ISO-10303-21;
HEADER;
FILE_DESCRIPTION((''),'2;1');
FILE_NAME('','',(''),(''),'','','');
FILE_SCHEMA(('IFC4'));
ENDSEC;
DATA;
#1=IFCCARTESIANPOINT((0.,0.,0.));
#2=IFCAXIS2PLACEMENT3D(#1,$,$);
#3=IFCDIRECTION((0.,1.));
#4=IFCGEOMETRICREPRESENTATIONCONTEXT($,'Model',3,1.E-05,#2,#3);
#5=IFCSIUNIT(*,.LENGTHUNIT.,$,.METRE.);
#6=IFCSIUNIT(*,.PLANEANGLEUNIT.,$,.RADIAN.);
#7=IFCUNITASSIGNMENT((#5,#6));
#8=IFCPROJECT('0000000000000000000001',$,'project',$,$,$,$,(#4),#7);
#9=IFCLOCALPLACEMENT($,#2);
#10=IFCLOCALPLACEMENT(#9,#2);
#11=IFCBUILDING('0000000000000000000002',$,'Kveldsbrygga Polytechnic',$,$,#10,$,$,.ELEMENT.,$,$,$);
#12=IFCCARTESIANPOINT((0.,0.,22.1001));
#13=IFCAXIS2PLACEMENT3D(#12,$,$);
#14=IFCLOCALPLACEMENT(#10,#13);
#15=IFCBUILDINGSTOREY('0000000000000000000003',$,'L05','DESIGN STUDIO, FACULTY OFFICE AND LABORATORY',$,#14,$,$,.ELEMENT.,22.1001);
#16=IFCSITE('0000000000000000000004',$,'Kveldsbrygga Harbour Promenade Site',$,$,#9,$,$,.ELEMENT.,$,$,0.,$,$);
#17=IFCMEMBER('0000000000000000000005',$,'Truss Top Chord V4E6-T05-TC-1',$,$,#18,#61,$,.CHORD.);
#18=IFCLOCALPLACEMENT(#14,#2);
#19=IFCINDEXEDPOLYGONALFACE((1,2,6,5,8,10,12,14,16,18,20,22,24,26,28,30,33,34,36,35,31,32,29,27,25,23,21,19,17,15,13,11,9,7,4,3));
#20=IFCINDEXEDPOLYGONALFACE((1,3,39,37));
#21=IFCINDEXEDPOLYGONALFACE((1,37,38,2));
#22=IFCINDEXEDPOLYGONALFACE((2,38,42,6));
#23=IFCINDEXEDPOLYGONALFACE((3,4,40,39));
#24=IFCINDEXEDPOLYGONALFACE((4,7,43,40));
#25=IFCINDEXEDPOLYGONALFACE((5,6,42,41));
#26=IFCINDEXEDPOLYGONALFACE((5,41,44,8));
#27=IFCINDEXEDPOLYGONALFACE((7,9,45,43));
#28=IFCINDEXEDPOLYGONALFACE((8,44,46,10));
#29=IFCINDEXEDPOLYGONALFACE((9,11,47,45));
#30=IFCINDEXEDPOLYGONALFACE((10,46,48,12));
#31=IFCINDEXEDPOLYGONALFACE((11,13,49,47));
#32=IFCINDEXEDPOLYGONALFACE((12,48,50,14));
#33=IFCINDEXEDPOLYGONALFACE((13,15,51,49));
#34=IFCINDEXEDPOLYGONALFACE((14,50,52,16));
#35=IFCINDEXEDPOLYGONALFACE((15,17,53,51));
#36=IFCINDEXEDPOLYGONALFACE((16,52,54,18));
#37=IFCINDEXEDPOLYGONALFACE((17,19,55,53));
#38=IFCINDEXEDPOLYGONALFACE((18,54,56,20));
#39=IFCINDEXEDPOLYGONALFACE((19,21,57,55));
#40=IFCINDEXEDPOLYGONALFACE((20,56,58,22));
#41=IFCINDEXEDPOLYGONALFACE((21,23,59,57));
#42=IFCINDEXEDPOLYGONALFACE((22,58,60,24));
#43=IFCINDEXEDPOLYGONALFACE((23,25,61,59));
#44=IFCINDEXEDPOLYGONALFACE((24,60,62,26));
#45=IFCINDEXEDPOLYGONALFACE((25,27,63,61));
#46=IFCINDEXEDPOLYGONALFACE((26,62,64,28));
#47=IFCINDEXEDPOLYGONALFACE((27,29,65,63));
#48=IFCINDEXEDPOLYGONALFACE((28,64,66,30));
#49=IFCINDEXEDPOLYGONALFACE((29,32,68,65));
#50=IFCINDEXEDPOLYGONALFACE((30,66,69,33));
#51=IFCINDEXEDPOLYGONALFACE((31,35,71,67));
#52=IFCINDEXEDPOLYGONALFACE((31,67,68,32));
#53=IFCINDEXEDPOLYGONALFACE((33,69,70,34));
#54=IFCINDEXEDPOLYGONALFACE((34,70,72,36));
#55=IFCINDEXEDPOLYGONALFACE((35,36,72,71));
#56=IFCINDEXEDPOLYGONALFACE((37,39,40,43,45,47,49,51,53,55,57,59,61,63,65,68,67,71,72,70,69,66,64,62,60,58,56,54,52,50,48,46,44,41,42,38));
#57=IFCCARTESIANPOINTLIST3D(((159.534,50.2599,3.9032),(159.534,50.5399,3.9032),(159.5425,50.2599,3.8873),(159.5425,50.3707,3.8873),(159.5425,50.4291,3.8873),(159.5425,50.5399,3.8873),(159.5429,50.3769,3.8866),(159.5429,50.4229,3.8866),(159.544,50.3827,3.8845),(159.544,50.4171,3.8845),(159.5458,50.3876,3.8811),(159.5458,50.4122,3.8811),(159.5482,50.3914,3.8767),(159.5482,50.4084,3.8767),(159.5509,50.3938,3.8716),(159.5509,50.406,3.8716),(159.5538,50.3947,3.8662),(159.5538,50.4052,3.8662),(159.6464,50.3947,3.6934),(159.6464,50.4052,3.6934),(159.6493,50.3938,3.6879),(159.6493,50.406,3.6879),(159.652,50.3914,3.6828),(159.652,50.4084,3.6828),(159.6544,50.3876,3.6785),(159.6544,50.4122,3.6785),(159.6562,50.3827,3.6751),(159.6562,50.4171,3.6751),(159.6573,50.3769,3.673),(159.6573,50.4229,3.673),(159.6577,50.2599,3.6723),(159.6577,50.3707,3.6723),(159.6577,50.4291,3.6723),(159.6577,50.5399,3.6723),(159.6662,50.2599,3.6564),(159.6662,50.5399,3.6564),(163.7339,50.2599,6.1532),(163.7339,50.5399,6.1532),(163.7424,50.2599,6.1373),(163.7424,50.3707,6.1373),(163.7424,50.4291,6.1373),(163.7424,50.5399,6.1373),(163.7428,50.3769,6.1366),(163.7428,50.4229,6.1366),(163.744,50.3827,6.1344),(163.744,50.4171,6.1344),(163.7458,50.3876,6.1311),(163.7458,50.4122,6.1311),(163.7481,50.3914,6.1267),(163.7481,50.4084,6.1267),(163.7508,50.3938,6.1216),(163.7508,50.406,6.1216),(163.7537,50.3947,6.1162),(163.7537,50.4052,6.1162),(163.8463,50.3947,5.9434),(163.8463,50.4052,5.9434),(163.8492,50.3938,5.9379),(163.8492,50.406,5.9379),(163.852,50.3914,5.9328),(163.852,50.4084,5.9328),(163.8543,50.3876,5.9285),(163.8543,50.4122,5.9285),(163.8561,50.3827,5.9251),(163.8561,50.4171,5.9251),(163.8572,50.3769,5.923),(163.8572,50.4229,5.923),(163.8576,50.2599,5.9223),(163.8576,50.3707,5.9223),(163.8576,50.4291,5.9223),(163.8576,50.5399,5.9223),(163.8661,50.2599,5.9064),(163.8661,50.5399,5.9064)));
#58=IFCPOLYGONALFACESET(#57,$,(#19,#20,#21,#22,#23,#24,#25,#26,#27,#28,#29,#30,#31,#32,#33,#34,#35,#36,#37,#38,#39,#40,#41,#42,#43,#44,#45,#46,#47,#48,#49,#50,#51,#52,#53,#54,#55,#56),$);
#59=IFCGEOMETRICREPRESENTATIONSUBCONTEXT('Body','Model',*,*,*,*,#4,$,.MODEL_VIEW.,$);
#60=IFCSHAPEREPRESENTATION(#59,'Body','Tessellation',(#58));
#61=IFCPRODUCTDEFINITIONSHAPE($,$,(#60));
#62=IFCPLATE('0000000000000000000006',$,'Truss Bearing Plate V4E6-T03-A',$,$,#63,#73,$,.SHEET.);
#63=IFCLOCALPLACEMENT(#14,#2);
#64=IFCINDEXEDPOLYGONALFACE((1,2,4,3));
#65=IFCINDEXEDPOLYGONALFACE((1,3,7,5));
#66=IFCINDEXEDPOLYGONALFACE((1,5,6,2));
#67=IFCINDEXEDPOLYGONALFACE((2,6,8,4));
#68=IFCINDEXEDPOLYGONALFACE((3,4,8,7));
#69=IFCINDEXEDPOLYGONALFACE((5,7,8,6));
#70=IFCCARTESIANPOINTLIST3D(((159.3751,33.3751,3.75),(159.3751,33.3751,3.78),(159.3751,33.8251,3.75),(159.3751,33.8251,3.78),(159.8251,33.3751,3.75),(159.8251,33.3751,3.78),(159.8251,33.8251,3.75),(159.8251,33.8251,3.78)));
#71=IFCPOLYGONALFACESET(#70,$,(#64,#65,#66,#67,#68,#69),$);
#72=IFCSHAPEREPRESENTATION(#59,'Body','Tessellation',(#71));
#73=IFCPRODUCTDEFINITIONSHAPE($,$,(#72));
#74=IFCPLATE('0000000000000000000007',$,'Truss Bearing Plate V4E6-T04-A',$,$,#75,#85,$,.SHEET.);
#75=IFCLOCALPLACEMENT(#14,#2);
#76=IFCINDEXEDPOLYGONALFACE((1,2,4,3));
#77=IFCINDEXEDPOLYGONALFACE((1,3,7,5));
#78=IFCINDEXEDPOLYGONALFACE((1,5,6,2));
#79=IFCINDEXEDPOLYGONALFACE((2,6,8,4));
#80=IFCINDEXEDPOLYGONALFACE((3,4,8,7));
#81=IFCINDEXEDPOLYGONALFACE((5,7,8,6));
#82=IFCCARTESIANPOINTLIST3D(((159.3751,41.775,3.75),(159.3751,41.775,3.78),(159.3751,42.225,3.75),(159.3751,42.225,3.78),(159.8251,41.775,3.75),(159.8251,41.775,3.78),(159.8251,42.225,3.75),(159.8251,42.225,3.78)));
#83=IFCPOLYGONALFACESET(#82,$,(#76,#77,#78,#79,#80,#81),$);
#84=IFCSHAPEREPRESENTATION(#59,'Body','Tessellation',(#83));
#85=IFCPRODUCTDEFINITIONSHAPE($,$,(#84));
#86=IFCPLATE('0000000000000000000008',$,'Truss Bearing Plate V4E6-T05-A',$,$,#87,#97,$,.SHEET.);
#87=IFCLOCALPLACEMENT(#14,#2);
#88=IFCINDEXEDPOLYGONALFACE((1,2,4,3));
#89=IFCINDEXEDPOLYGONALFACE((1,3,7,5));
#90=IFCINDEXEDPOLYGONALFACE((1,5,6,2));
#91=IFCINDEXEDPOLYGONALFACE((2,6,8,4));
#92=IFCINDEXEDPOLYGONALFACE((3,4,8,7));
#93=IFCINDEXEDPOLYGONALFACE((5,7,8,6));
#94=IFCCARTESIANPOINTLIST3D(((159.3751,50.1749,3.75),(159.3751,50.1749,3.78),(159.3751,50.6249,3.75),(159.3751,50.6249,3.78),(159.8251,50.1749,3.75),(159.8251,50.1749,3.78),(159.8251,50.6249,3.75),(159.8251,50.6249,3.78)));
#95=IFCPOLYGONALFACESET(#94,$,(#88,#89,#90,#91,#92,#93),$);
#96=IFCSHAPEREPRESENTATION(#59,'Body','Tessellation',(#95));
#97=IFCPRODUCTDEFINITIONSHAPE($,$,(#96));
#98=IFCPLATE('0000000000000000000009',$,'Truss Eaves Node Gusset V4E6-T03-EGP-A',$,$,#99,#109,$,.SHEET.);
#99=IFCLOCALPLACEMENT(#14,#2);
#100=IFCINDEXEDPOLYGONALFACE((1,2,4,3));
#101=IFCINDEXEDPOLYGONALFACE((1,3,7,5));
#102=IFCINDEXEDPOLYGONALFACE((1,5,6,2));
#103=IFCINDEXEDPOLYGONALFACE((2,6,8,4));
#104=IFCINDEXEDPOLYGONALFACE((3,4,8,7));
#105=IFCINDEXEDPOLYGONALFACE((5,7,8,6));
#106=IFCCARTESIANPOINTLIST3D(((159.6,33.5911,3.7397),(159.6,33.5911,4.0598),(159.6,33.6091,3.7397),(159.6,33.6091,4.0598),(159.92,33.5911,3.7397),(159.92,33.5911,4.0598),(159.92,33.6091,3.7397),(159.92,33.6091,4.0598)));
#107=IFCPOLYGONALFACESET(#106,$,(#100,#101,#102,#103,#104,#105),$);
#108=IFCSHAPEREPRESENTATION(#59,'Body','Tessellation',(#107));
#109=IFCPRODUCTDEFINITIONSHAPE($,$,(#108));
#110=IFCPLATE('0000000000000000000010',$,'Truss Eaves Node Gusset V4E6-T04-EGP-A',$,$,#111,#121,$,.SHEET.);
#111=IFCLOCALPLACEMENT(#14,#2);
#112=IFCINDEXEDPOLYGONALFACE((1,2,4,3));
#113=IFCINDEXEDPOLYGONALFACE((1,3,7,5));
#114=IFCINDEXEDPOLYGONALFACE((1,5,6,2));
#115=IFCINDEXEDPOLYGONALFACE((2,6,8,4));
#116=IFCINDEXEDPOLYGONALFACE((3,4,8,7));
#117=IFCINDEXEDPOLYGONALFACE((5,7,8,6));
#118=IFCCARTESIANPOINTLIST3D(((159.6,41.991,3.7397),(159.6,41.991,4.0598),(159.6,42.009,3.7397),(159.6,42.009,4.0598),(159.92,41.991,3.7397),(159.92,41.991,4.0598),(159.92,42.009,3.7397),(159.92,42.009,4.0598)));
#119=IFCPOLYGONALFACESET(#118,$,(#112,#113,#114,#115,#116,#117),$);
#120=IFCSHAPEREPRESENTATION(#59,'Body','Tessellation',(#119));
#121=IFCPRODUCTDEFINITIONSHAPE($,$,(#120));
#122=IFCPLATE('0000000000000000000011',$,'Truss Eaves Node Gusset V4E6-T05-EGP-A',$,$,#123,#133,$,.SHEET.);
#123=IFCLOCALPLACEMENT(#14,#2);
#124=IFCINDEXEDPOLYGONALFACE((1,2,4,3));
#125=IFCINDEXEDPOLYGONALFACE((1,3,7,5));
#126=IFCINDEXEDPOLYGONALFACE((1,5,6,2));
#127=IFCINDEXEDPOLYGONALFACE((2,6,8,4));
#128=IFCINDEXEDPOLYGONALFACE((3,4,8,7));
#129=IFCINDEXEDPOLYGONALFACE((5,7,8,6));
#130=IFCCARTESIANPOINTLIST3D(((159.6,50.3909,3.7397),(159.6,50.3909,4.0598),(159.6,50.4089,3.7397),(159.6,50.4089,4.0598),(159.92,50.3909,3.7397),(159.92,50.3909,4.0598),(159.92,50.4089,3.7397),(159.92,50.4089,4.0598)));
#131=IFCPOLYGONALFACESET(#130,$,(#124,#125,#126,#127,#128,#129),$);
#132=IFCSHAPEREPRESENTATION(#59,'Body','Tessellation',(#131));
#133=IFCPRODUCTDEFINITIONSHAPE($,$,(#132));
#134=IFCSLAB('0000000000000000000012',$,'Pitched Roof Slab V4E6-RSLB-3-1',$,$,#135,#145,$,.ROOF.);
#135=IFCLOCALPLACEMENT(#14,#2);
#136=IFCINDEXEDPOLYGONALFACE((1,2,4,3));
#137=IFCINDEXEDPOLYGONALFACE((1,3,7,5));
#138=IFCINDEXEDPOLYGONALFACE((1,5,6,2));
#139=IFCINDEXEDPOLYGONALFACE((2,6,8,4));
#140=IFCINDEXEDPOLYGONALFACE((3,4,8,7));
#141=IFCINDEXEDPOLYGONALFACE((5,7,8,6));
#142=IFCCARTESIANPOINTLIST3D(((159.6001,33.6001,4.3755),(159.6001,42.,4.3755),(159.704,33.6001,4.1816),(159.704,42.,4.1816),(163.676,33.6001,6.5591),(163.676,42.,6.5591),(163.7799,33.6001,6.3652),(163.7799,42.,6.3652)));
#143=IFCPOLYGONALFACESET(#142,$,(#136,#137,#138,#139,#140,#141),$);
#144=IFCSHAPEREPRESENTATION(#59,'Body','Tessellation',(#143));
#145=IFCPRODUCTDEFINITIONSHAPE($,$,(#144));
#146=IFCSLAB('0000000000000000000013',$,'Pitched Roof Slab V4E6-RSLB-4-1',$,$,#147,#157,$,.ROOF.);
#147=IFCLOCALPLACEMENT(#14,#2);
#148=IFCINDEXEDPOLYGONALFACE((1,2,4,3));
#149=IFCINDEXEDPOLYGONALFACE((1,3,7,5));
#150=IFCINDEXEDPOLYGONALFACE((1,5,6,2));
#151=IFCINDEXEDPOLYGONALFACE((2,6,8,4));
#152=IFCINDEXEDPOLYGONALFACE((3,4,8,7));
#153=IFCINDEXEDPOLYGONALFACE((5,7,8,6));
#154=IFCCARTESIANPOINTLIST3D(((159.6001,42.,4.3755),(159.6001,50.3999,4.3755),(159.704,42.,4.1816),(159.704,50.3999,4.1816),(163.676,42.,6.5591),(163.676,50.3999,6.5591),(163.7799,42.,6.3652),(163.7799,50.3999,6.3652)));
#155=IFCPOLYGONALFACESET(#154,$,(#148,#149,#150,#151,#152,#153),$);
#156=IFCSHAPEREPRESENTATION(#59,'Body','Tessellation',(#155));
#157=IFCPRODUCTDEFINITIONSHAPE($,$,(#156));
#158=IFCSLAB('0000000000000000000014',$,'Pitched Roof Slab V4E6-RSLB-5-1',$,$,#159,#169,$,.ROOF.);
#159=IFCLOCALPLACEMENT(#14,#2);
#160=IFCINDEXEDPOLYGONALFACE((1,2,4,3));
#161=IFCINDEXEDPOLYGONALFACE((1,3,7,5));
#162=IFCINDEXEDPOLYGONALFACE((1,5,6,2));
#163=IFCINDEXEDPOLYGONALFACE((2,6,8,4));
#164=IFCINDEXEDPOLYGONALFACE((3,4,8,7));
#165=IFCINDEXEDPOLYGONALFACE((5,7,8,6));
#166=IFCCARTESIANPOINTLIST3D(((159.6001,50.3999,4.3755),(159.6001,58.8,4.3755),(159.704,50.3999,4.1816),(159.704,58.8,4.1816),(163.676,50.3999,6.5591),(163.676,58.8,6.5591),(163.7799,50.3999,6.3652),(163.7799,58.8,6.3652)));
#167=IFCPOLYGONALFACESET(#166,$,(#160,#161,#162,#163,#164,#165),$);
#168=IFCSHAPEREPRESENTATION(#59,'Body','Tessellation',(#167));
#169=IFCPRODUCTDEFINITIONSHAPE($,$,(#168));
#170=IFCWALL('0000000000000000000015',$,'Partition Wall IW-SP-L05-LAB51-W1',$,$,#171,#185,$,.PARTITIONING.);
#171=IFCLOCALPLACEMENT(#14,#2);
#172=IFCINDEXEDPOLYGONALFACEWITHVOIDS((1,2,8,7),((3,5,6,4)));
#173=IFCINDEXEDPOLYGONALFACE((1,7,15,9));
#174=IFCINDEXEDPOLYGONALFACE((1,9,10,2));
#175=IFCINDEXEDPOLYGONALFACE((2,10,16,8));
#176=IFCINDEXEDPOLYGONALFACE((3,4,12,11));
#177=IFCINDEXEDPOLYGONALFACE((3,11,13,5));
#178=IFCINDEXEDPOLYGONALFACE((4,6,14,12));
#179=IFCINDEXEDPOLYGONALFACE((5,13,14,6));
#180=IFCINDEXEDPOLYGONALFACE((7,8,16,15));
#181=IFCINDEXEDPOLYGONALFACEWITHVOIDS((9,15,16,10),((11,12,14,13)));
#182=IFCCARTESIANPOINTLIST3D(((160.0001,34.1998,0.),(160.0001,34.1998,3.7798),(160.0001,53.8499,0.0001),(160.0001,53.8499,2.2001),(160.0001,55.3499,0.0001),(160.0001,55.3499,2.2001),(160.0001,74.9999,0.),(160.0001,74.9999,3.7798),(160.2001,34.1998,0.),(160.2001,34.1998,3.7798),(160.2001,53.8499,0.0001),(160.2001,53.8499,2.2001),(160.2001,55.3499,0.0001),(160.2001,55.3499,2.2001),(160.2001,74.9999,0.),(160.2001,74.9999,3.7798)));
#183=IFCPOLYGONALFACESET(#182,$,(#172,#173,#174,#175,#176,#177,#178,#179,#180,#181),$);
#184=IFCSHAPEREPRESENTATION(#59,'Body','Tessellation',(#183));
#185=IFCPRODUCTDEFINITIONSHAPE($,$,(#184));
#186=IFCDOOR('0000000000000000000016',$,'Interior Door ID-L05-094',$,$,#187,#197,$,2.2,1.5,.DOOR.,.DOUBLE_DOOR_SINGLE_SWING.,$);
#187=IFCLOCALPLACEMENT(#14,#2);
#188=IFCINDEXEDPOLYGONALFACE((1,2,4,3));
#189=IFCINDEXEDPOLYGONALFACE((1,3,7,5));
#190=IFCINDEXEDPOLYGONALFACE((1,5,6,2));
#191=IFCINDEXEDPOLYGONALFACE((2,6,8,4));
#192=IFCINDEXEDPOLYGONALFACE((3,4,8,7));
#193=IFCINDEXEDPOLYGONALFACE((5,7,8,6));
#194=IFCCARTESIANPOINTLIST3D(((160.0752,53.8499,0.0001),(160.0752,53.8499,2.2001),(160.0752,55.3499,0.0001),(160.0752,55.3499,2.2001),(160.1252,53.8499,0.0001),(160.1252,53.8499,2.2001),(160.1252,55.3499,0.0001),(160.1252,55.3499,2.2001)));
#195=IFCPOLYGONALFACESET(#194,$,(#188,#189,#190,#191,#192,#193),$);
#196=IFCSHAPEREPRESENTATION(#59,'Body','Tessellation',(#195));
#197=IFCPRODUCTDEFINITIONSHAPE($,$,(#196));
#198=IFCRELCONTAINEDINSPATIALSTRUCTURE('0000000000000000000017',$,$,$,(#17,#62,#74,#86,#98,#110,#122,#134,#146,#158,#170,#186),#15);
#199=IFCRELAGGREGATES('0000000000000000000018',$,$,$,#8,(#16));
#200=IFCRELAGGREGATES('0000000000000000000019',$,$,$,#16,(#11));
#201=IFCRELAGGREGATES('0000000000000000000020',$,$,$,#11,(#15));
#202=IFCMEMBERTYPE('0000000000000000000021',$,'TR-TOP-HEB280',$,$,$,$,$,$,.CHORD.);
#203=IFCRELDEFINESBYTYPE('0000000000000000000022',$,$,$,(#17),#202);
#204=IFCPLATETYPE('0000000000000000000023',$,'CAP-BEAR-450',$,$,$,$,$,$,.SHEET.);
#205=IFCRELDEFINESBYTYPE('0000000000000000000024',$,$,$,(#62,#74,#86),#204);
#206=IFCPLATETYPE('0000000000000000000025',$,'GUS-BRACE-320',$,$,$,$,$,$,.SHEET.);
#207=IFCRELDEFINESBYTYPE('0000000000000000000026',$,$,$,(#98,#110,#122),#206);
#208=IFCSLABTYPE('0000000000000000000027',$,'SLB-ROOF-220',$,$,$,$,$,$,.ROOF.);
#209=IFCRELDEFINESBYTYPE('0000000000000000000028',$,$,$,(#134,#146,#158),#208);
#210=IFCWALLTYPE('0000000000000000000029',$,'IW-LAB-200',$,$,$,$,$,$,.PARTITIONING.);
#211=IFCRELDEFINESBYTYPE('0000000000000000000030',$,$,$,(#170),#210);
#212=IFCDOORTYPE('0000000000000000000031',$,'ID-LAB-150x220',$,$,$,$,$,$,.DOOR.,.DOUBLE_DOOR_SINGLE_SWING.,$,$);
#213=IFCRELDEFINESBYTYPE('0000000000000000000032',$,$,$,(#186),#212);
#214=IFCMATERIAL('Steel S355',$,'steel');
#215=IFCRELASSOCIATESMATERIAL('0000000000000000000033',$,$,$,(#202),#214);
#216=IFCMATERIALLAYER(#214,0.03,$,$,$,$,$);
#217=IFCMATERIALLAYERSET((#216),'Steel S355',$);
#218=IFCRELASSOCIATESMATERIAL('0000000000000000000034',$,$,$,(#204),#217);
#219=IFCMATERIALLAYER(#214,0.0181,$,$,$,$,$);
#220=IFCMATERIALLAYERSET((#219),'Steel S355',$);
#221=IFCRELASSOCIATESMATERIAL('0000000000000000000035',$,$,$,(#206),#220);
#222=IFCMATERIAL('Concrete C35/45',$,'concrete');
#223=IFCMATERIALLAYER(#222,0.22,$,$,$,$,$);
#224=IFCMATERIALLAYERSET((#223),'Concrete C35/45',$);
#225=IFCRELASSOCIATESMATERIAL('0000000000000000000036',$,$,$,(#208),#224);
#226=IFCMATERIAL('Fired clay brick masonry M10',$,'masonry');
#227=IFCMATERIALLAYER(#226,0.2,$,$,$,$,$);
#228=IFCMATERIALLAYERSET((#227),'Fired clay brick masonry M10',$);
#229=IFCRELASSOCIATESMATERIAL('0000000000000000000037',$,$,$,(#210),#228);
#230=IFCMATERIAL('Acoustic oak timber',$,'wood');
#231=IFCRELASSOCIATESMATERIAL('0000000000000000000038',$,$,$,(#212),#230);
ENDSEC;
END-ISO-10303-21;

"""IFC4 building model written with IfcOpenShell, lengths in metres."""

from ifc_helpers import new_model, si_unit, direction, frame, frame_2d, origin, origin_2d, place, context, subcontext, project, spatial, polyline, rectangle, i_section, outline, extrude, material, layer, layer_set, material_profile, profile_set, type_object, element, fill, save


model = new_model("IFC4")

# Units and contexts
model_context = context("Model", 3, precision=1e-05, world=origin(), true_north=direction((0.0, 1.0)))
body_context = subcontext(model_context, "Body", "Model", "MODEL_VIEW")
ifc_project = project(units=[si_unit("LENGTHUNIT", "METRE"), si_unit("PLANEANGLEUNIT", "RADIAN")], contexts=[model_context])

# Site, building, storey
site_placement = place(None, origin())
site = spatial("IfcSite", under=ifc_project, at=site_placement, Name="Kveldsbrygga Harbour Promenade Site", CompositionType="ELEMENT", RefElevation=0.0)
building_placement = place(site_placement, origin())
building = spatial("IfcBuilding", under=site, at=building_placement, Name="Kveldsbrygga Polytechnic", CompositionType="ELEMENT")
storey_placement = place(building_placement, frame((0.0, 0.0, 22.1001)))
storey = spatial("IfcBuildingStorey", under=building, at=storey_placement, Name="L05", Description="DESIGN STUDIO, FACULTY OFFICE AND LABORATORY", CompositionType="ELEMENT", Elevation=22.1001)

# Shared definitions
ifc_material_1 = material(Name="Concrete C35/45", Category="concrete")

# Member
ifc_material_2 = material(Name="Steel S355", Category="steel")
ifc_material_profile_1 = material_profile(ifc_material_2, i_section(OverallWidth=0.28, OverallDepth=0.28, WebThickness=0.0105, FlangeThickness=0.0181, FilletRadius=0.0239, at=origin_2d()), Name="HEB 280")
ifc_profile_set_1 = profile_set([ifc_material_profile_1], Name="Steel S355")
member_type_1 = type_object("IfcMemberType", Name="TR-TOP-HEB280", PredefinedType="CHORD", material=ifc_profile_set_1)
for number, where, z_axis, x_axis, name in (
    (1, (159.6001, 50.3999, 3.7798), (0.881478, 0.0, 0.472226), (0.0, 1.0, 0.0), "Truss Top Chord V4E6-T05-TC-1"),
):
    element("IfcMember", number, at=place(storey_placement, frame(where, z_axis=z_axis, x_axis=x_axis)), inside=storey, type_object=member_type_1, Name=name, PredefinedType="CHORD", context=body_context, shape_type="SweptSolid", body=[
        extrude(i_section(OverallWidth=0.28, OverallDepth=0.28, WebThickness=0.0105, FlangeThickness=0.0181, FilletRadius=0.0239, at=origin_2d()), origin(), (0.0, 0.0, 1.0), 4.7646),
    ])

# Plates
ifc_layer_1 = layer(ifc_material_2, 0.03)
ifc_layer_set_1 = layer_set([ifc_layer_1], Name="Steel S355")
plate_type_1 = type_object("IfcPlateType", Name="CAP-BEAR-450", PredefinedType="SHEET", material=ifc_layer_set_1)
for number, where, z_axis, x_axis, name in (
    (2, (159.6001, 33.6001, 3.75), (0.0, 0.0, 1.0), (1.0, 0.0, 0.0), "Truss Bearing Plate V4E6-T03-A"),
    (3, (159.6001, 42.0, 3.75), (0.0, 0.0, 1.0), (1.0, 0.0, 0.0), "Truss Bearing Plate V4E6-T04-A"),
    (4, (159.6001, 50.3999, 3.75), (0.0, 0.0, 1.0), (1.0, 0.0, 0.0), "Truss Bearing Plate V4E6-T05-A"),
):
    element("IfcPlate", number, at=place(storey_placement, frame(where, z_axis=z_axis, x_axis=x_axis)), inside=storey, type_object=plate_type_1, Name=name, PredefinedType="SHEET", context=body_context, shape_type="SweptSolid", body=[
        extrude(rectangle(XDim=0.45, YDim=0.45, at=origin_2d()), origin(), (0.0, 0.0, 1.0), 0.03),
    ])
ifc_layer_2 = layer(ifc_material_2, 0.0181)
ifc_layer_set_2 = layer_set([ifc_layer_2], Name="Steel S355")
plate_type_2 = type_object("IfcPlateType", Name="GUS-BRACE-320", PredefinedType="SHEET", material=ifc_layer_set_2)
for number, where, z_axis, x_axis, name in (
    (5, (159.76, 33.6001, 3.7397), (0.0, 0.0, 1.0), (1.0, 0.0, 0.0), "Truss Eaves Node Gusset V4E6-T03-EGP-A"),
    (6, (159.76, 42.0, 3.7397), (0.0, 0.0, 1.0), (1.0, 0.0, 0.0), "Truss Eaves Node Gusset V4E6-T04-EGP-A"),
    (7, (159.76, 50.3999, 3.7397), (0.0, 0.0, 1.0), (1.0, 0.0, 0.0), "Truss Eaves Node Gusset V4E6-T05-EGP-A"),
):
    element("IfcPlate", number, at=place(storey_placement, frame(where, z_axis=z_axis, x_axis=x_axis)), inside=storey, type_object=plate_type_2, Name=name, PredefinedType="SHEET", context=body_context, shape_type="SweptSolid", body=[
        extrude(rectangle(XDim=0.3201, YDim=0.0181, at=origin_2d()), origin(), (0.0, 0.0, 1.0), 0.3201),
    ])

# Slabs
ifc_layer_3 = layer(ifc_material_1, 0.22)
ifc_layer_set_3 = layer_set([ifc_layer_3], Name="Concrete C35/45")
slab_type = type_object("IfcSlabType", Name="SLB-ROOF-220", PredefinedType="ROOF", material=ifc_layer_set_3)
for number, where, z_axis, x_axis, name in (
    (8, (159.6001, 33.6001, 4.3755), (-0.472232, 0.0, 0.881474), (0.881474, 0.0, 0.472232), "Pitched Roof Slab V4E6-RSLB-3-1"),
    (9, (159.6001, 42.0, 4.3755), (-0.472232, 0.0, 0.881474), (0.881474, 0.0, 0.472232), "Pitched Roof Slab V4E6-RSLB-4-1"),
):
    element("IfcSlab", number, at=place(storey_placement, frame(where, z_axis=z_axis, x_axis=x_axis)), inside=storey, type_object=slab_type, Name=name, PredefinedType="ROOF", context=body_context, shape_type="SweptSolid", body=[
        extrude(outline(polyline([(0.0, 0.0), (4.624, 0.0), (4.624, 8.3999), (0.0, 8.3999), (0.0, 0.0)])), origin(), (0.0, 0.0, -1.0), 0.22),
    ])
slab_placement = place(storey_placement, frame((159.6001, 50.3999, 4.3755), z_axis=(-0.472232, 0.0, 0.881474), x_axis=(0.881474, 0.0, 0.472232)))
element("IfcSlab", 10, at=slab_placement, inside=storey, type_object=slab_type, Name="Pitched Roof Slab V4E6-RSLB-5-1", PredefinedType="ROOF", context=body_context, shape_type="SweptSolid", body=[
    extrude(outline(polyline([(0.0, 0.0), (4.624, 0.0), (4.624, 8.4001), (0.0, 8.4001), (0.0, 0.0)])), origin(), (0.0, 0.0, -1.0), 0.22),
])

# Wall, opening, door
ifc_material_3 = material(Name="Fired clay brick masonry M10", Category="masonry")
ifc_layer_4 = layer(ifc_material_3, 0.2)
ifc_layer_set_4 = layer_set([ifc_layer_4], Name="Fired clay brick masonry M10")
wall_type_1 = type_object("IfcWallType", Name="IW-LAB-200", PredefinedType="PARTITIONING", material=ifc_layer_set_4)
wall_1_placement = place(storey_placement, frame((160.1001, 34.2, 0.0), z_axis=(0.0, 0.0, 1.0), x_axis=(0.0, 1.0, 0.0)))
wall_1 = element("IfcWall", 11, at=wall_1_placement, inside=storey, type_object=wall_type_1, Name="Partition Wall IW-SP-L05-LAB51-W1", PredefinedType="PARTITIONING", context=body_context, shape_type="SweptSolid", body=[
    extrude(rectangle(XDim=40.8, YDim=0.2, at=frame_2d((20.3999, 0.0))), origin(), (0.0, 0.0, 1.0), 3.7798),
])
opening_placement = place(wall_1_placement, frame((19.6499, 0.0, 0.0)))
opening = element("IfcOpeningElement", 12, at=opening_placement, cuts=wall_1, PredefinedType="OPENING", context=body_context, shape_type="SweptSolid", body=[
    extrude(rectangle(XDim=1.5, YDim=2.2, at=frame_2d((0.75, 1.1001))), frame((0.0, 0.1099, 0.0), z_axis=(0.0, -1.0, 0.0), x_axis=(1.0, 0.0, 0.0)), (0.0, 0.0, 1.0), 0.22),
])
ifc_material_4 = material(Name="Acoustic oak timber", Category="wood")
door_type = type_object("IfcDoorType", Name="ID-LAB-150x220", OperationType="DOUBLE_DOOR_SINGLE_SWING", PredefinedType="DOOR", material=ifc_material_4)
door_placement = place(opening_placement, origin())
door = element("IfcDoor", 13, at=door_placement, inside=storey, type_object=door_type, Name="Interior Door ID-L05-094", OperationType="DOUBLE_DOOR_SINGLE_SWING", OverallHeight=2.2, OverallWidth=1.5, PredefinedType="DOOR", context=body_context, shape_type="SweptSolid", body=[
    extrude(rectangle(XDim=1.5, YDim=2.2, at=frame_2d((0.75, 1.1001))), frame((0.0, 0.0249, 0.0), z_axis=(0.0, -1.0, 0.0), x_axis=(1.0, 0.0, 0.0)), (0.0, 0.0, 1.0), 0.05),
])
fill(opening, door)

save(model, "model.ifc")
